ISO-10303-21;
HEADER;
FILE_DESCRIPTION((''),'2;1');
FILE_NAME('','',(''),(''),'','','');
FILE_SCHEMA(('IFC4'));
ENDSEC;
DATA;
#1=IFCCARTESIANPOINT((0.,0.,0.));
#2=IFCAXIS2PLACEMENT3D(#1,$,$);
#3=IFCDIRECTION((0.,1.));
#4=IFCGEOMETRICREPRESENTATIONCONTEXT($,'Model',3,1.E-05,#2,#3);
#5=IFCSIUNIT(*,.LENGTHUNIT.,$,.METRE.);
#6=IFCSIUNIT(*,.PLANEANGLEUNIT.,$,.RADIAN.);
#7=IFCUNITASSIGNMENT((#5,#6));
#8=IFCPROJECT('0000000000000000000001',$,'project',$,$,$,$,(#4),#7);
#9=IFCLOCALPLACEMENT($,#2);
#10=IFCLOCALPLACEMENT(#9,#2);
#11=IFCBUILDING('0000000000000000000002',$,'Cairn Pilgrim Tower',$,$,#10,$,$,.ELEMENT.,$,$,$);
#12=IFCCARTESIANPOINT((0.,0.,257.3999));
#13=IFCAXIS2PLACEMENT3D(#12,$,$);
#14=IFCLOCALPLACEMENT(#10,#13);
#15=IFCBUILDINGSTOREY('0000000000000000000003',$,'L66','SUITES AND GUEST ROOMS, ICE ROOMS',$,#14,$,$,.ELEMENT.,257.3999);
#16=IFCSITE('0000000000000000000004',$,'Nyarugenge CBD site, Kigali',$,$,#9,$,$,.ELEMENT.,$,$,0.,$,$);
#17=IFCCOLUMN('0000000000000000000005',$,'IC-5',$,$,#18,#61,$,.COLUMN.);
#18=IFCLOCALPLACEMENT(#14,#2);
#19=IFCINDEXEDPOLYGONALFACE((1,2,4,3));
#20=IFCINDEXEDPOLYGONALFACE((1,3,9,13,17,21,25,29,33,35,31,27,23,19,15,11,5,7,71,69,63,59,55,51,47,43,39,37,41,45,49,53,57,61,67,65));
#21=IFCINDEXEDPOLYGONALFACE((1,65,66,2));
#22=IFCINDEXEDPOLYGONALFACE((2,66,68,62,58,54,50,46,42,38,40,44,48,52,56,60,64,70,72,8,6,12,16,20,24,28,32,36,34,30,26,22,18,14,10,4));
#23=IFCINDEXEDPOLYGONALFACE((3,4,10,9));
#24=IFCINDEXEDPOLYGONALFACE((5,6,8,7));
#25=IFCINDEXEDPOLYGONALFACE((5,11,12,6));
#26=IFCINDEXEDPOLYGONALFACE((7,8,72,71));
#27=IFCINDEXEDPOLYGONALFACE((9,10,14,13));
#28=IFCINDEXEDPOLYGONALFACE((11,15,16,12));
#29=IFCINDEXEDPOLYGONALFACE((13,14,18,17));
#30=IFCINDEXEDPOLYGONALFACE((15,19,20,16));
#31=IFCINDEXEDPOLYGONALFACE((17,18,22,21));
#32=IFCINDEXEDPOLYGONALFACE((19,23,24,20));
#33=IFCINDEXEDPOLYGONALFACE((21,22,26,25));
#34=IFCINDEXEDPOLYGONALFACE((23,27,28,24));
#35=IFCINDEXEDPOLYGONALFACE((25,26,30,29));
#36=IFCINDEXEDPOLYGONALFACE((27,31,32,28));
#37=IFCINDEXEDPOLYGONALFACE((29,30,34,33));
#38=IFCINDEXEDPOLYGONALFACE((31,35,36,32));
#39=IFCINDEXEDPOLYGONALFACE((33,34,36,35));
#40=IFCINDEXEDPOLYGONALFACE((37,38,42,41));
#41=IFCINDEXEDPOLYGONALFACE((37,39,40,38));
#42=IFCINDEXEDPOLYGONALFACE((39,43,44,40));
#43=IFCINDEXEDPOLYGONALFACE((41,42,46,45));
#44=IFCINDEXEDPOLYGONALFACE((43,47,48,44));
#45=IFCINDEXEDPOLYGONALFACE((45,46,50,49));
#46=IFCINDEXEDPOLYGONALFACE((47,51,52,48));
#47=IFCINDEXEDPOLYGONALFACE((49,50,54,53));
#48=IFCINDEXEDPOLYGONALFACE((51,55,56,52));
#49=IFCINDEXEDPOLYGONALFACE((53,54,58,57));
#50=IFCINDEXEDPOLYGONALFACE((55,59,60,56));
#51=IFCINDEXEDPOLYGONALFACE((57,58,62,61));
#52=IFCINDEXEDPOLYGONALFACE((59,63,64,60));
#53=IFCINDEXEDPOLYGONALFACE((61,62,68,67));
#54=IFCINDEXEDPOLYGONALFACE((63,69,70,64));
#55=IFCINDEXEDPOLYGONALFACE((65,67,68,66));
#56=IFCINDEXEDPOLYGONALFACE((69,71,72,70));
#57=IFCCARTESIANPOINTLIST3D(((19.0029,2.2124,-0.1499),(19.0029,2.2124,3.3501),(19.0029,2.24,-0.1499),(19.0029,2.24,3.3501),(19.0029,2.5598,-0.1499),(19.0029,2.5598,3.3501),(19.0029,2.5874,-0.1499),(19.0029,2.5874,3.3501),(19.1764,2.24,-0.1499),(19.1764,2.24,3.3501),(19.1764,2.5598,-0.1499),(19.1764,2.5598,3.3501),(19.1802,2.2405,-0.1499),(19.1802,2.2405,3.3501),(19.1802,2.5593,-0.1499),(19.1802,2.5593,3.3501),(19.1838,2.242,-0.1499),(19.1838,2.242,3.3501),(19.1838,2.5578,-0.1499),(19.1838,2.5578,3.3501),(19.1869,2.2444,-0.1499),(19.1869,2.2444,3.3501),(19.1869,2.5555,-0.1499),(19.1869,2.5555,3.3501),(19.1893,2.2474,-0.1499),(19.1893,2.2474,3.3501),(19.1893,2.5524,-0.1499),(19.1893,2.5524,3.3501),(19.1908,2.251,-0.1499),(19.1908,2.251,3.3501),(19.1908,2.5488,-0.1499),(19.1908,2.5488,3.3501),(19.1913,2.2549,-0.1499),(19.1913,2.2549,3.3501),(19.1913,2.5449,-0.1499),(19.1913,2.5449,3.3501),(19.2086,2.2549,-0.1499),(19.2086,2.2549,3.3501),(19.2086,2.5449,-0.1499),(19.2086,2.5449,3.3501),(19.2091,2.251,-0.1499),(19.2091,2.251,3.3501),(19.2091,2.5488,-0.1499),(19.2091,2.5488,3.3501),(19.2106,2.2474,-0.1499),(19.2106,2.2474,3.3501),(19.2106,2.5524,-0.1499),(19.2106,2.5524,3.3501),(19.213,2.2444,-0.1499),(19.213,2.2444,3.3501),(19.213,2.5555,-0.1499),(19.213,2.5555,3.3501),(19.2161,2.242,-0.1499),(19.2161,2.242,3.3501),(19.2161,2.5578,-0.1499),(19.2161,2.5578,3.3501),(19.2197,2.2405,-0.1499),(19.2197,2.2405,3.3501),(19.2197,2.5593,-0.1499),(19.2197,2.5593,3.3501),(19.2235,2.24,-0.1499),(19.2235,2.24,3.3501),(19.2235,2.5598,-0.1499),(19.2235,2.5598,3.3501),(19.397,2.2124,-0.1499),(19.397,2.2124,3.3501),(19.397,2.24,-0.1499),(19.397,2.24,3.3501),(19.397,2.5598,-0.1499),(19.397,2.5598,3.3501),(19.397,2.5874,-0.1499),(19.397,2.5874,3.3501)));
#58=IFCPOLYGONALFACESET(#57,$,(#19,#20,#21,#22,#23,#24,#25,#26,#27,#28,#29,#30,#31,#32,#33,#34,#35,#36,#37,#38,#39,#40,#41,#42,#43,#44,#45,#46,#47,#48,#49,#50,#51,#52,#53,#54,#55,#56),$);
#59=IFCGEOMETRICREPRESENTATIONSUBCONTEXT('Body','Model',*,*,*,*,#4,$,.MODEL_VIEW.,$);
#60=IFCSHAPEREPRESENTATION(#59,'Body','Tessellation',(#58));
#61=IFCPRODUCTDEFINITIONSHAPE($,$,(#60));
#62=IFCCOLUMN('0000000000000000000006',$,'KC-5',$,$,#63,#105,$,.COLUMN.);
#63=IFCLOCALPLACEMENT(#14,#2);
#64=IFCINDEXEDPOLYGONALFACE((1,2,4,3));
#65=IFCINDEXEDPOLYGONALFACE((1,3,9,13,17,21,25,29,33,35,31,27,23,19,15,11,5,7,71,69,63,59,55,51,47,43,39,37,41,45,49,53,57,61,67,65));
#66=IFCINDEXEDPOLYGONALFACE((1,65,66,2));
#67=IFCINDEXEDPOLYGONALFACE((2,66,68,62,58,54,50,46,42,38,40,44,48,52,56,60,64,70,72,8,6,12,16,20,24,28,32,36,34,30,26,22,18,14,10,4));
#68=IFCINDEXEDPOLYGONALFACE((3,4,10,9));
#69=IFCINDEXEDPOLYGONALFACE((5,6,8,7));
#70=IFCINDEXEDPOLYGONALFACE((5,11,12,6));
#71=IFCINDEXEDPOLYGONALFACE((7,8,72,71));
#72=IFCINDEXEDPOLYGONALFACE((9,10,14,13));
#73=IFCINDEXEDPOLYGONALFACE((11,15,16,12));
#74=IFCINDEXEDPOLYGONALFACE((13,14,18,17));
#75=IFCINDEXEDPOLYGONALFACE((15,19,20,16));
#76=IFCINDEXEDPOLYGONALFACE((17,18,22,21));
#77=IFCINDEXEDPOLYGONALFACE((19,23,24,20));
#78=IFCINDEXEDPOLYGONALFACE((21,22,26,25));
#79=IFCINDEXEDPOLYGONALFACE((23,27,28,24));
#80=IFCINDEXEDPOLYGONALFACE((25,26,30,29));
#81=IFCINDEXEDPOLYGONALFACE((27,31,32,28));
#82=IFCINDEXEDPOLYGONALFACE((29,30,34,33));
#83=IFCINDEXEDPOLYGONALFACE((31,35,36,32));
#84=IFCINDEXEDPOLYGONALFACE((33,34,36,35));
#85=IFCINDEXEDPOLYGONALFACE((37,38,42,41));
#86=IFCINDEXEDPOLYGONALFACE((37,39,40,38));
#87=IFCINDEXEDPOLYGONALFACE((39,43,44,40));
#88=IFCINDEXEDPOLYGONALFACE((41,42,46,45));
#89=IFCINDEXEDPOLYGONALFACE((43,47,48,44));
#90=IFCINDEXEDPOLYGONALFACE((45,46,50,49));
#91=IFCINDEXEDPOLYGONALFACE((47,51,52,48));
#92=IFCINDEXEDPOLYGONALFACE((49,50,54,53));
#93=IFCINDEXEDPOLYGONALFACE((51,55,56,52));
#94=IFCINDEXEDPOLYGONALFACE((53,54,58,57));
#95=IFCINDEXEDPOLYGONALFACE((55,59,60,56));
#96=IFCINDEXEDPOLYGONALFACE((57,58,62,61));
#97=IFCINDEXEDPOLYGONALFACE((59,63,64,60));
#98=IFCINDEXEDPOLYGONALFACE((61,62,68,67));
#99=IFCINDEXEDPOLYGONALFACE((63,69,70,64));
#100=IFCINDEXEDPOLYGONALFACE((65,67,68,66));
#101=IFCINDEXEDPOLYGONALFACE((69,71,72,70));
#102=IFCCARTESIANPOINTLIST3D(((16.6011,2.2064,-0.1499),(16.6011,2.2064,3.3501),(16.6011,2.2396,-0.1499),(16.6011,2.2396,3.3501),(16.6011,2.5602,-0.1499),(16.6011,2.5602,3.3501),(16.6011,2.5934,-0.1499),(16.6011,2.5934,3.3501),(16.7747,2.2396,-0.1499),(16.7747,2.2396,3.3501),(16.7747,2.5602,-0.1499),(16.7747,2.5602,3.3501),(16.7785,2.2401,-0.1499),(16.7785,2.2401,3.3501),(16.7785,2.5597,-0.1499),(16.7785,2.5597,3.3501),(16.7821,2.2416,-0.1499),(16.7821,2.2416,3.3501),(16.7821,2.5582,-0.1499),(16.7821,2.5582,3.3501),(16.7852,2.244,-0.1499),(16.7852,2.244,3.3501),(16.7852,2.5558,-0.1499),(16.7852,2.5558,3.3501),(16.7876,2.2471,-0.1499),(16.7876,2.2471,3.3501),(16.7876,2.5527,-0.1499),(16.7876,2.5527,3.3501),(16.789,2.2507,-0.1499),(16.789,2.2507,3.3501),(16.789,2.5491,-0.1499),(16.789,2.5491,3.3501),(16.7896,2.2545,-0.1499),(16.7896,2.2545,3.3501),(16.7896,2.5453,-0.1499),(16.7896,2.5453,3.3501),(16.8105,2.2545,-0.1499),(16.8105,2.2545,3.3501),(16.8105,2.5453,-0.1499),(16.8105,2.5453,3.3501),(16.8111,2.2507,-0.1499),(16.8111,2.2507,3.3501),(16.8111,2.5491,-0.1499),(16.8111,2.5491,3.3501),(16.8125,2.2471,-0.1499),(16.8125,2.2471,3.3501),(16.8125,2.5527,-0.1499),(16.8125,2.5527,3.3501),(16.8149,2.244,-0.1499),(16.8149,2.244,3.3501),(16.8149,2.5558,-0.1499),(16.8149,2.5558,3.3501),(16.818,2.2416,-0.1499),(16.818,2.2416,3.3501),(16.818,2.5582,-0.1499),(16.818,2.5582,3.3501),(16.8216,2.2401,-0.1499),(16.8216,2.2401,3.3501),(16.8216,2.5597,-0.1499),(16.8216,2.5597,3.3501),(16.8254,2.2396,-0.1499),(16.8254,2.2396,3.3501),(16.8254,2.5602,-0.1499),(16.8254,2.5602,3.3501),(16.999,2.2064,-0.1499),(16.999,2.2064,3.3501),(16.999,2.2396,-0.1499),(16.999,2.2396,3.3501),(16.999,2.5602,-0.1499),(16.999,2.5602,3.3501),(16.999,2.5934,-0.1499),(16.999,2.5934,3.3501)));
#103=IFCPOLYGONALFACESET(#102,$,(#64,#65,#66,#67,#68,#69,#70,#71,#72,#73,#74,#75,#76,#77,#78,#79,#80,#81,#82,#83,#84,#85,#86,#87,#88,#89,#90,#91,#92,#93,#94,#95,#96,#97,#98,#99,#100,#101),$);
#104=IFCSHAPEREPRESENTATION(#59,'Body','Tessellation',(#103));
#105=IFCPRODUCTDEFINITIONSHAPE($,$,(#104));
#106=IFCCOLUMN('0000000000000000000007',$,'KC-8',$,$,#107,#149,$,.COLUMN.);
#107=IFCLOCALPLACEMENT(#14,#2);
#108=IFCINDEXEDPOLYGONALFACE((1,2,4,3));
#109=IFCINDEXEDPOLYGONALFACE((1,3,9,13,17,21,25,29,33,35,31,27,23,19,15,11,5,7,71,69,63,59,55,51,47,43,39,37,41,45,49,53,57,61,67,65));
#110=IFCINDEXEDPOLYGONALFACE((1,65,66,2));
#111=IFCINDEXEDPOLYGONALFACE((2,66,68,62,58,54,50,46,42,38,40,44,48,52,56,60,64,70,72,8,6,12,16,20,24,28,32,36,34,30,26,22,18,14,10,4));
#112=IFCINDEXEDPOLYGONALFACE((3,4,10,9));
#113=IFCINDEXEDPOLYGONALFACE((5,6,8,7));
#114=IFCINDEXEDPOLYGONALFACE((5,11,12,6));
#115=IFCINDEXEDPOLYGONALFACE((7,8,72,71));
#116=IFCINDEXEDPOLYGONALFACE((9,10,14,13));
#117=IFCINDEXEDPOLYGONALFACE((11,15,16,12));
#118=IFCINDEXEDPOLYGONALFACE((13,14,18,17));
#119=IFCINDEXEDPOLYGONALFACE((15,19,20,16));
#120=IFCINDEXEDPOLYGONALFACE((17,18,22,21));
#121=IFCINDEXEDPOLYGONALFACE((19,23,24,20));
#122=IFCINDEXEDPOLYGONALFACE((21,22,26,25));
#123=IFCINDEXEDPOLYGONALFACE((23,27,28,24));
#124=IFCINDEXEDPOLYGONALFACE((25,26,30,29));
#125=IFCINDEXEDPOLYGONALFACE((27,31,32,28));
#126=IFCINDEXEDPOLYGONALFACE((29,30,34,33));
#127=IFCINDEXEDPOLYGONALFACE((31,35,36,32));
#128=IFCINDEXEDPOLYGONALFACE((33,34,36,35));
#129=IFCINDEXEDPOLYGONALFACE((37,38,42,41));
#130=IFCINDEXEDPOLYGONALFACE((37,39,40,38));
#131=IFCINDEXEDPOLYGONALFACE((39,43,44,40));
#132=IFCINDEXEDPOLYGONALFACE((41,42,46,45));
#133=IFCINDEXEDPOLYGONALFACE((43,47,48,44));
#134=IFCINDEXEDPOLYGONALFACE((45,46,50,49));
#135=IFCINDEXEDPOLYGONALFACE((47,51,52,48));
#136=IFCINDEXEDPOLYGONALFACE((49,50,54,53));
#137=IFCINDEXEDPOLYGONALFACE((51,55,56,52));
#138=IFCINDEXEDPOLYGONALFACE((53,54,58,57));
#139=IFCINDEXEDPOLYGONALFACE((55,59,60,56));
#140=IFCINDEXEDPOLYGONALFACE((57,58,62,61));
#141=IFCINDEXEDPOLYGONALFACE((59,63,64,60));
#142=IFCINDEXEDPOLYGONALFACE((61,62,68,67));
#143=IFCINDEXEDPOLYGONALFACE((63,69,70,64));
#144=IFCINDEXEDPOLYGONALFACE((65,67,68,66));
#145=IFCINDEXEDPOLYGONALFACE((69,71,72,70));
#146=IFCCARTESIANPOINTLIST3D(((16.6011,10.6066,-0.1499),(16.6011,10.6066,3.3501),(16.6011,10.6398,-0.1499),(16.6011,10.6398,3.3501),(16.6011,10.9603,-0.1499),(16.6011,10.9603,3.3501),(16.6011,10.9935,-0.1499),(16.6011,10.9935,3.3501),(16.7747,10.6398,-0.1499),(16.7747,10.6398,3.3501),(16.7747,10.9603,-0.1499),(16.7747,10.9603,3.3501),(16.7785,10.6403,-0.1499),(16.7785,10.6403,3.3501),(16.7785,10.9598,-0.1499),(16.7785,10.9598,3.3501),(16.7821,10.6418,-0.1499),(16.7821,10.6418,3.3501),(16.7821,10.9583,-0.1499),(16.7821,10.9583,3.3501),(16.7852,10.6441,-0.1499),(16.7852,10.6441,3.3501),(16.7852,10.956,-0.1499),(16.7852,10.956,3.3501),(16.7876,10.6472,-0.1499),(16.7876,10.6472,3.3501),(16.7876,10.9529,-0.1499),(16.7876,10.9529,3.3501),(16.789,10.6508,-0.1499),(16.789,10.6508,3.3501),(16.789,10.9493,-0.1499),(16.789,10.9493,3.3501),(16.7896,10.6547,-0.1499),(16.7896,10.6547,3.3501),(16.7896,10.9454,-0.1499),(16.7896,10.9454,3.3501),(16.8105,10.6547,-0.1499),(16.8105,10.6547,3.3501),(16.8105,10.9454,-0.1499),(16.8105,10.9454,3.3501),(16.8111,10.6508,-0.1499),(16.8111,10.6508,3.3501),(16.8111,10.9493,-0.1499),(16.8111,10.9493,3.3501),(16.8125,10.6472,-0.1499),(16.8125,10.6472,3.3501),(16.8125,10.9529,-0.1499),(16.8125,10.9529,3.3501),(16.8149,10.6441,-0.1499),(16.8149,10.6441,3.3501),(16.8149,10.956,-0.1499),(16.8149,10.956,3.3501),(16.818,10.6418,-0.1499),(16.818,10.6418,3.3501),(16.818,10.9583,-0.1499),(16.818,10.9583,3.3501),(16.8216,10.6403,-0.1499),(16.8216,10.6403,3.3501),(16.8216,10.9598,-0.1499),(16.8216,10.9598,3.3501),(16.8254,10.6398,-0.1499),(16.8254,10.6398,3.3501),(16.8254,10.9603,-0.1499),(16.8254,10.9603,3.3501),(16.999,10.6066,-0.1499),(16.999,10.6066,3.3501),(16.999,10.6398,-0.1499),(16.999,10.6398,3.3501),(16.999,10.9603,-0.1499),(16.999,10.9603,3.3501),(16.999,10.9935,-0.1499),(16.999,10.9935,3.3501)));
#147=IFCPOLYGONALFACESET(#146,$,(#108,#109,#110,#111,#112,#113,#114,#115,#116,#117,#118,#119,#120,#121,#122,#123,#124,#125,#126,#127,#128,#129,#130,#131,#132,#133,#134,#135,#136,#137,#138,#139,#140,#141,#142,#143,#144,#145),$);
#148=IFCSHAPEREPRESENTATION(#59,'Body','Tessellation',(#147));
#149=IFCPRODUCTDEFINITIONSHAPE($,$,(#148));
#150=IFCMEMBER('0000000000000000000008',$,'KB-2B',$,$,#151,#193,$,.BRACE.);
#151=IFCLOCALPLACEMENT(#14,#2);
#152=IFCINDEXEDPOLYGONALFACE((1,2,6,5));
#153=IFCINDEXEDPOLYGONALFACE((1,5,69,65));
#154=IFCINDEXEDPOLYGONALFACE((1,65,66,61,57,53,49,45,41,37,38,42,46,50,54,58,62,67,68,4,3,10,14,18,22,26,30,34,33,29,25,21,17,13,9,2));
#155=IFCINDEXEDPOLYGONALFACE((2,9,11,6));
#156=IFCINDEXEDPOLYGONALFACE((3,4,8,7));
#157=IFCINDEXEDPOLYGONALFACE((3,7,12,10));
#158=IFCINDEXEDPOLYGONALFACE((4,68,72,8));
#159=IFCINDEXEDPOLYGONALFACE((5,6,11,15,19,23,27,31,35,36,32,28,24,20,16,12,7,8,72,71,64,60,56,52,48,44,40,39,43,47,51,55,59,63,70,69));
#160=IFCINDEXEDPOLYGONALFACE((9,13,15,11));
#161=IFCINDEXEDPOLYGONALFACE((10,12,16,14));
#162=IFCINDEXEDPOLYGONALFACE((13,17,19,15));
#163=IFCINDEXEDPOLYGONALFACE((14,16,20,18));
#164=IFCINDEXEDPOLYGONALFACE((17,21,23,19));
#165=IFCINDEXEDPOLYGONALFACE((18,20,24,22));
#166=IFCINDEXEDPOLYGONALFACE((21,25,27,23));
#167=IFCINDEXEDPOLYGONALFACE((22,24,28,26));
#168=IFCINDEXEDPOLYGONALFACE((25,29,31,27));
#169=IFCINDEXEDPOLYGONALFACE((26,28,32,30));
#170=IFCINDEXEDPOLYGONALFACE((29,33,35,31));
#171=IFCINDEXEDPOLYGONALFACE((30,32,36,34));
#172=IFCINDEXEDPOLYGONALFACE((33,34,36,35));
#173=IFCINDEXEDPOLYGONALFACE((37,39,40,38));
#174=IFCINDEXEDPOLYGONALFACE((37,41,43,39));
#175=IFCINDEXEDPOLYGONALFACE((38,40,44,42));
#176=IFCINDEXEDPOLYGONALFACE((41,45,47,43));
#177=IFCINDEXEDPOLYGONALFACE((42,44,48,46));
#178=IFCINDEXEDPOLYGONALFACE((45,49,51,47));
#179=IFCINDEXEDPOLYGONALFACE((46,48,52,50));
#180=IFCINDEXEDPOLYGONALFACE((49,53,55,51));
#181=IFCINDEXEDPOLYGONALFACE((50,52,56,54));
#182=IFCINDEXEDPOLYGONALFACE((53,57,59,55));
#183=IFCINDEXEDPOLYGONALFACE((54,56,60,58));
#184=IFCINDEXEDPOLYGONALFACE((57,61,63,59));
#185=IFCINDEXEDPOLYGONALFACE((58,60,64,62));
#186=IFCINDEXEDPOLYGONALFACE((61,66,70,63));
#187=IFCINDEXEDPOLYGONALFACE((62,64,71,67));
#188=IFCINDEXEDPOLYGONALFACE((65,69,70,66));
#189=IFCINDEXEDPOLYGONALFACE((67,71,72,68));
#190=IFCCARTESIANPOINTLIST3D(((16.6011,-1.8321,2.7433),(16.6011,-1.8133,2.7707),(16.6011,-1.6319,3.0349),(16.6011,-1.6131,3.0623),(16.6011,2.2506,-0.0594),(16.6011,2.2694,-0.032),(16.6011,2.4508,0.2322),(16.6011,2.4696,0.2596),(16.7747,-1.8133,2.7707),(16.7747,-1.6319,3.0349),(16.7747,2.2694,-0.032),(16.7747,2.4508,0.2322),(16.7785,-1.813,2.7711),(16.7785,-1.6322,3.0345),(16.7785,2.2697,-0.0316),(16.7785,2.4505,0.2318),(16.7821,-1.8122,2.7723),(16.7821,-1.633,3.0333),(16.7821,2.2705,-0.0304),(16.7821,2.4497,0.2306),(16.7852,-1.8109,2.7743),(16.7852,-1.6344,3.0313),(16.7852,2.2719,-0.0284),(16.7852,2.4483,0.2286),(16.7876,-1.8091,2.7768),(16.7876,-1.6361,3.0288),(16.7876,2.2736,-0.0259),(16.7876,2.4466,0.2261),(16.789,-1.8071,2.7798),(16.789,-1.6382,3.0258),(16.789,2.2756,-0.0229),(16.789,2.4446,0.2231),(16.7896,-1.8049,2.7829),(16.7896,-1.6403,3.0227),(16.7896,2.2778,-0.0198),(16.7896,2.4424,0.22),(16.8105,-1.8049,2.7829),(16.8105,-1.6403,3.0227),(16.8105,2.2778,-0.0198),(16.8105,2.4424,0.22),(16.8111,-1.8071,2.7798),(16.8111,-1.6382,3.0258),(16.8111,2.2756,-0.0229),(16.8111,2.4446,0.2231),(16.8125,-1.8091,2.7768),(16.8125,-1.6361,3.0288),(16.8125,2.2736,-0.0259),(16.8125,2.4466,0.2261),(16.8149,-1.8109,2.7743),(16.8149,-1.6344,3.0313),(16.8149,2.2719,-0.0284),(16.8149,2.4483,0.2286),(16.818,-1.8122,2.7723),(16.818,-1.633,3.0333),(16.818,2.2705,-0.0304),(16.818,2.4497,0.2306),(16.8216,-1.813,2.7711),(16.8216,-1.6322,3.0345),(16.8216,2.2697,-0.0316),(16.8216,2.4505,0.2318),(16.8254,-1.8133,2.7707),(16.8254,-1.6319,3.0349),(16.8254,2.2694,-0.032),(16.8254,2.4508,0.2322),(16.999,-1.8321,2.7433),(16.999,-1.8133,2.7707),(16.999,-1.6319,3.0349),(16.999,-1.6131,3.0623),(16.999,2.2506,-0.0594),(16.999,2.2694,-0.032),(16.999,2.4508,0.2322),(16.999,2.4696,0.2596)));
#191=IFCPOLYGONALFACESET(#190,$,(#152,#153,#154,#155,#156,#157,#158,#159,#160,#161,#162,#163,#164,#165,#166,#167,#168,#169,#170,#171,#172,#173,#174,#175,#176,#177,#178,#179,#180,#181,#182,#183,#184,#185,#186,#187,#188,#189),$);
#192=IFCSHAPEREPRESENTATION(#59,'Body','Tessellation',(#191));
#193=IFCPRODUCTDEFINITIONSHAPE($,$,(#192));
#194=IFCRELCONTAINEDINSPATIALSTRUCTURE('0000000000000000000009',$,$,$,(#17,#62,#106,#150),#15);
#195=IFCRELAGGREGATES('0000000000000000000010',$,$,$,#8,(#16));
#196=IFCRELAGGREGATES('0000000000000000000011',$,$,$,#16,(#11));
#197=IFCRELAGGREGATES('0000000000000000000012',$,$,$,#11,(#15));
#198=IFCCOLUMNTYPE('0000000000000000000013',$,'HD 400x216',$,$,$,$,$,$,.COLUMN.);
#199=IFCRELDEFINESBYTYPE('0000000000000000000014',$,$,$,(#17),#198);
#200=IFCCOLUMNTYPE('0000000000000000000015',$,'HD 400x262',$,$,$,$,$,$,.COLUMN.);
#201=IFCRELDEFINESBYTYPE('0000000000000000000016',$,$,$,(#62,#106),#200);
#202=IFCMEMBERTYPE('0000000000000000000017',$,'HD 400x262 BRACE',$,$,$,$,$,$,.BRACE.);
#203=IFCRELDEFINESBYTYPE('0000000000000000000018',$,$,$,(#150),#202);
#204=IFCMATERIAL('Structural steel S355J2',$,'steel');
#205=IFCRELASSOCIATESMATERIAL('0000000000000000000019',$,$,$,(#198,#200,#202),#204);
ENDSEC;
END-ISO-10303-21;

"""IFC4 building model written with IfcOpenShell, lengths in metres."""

from ifc_helpers import new_model, si_unit, direction, frame, origin, origin_2d, place, context, subcontext, project, spatial, i_section, extrude, material, material_profile, profile_set, type_object, element, save


model = new_model("IFC4")

# Units and contexts
model_context = context("Model", 3, precision=1e-05, world=origin(), true_north=direction((0.0, 1.0)))
body_context = subcontext(model_context, "Body", "Model", "MODEL_VIEW")
ifc_project = project(units=[si_unit("LENGTHUNIT", "METRE"), si_unit("PLANEANGLEUNIT", "RADIAN")], contexts=[model_context])

# Site, building, storey
site_placement = place(None, origin())
site = spatial("IfcSite", under=ifc_project, at=site_placement, Name="Nyarugenge CBD site, Kigali", CompositionType="ELEMENT", RefElevation=0.0)
building_placement = place(site_placement, origin())
building = spatial("IfcBuilding", under=site, at=building_placement, Name="Cairn Pilgrim Tower", CompositionType="ELEMENT")
storey_placement = place(building_placement, frame((0.0, 0.0, 257.3999)))
storey = spatial("IfcBuildingStorey", under=building, at=storey_placement, Name="L66", Description="SUITES AND GUEST ROOMS, ICE ROOMS", CompositionType="ELEMENT", Elevation=257.3999)

# Columns
ifc_material_1 = material(Name="Structural steel S355J2", Category="steel")
ifc_material_profile_1 = material_profile(ifc_material_1, i_section(OverallWidth=0.394, OverallDepth=0.375, WebThickness=0.0173, FlangeThickness=0.0276, FilletRadius=0.0149, at=origin_2d()), Name="HD 400x216")
ifc_profile_set_1 = profile_set([ifc_material_profile_1], Name="Structural steel S355J2")
column_type_1 = type_object("IfcColumnType", Name="HD 400x216", PredefinedType="COLUMN", material=ifc_profile_set_1)
column_placement = place(storey_placement, frame((19.2, 2.3999, -0.1499), z_axis=(0.0, 0.0, 1.0), x_axis=(1.0, 0.0, 0.0)))
element("IfcColumn", 1, at=column_placement, inside=storey, type_object=column_type_1, Name="IC-5", PredefinedType="COLUMN", context=body_context, shape_type="SweptSolid", body=[
    extrude(i_section(OverallWidth=0.394, OverallDepth=0.375, WebThickness=0.0173, FlangeThickness=0.0276, FilletRadius=0.0149, at=origin_2d()), origin(), (0.0, 0.0, 1.0), 3.5),
])
ifc_material_profile_2 = material_profile(ifc_material_1, i_section(OverallWidth=0.3979, OverallDepth=0.387, WebThickness=0.021, FlangeThickness=0.0332, FilletRadius=0.0149, at=origin_2d()), Name="HD 400x262")
ifc_profile_set_2 = profile_set([ifc_material_profile_2], Name="Structural steel S355J2")
column_type_2 = type_object("IfcColumnType", Name="HD 400x262", PredefinedType="COLUMN", material=ifc_profile_set_2)
for number, where, z_axis, x_axis, name in (
    (2, (16.8, 2.3999, -0.1499), (0.0, 0.0, 1.0), (1.0, 0.0, 0.0), "KC-5"),
    (3, (16.8, 10.8, -0.1499), (0.0, 0.0, 1.0), (1.0, 0.0, 0.0), "KC-8"),
):
    element("IfcColumn", number, at=place(storey_placement, frame(where, z_axis=z_axis, x_axis=x_axis)), inside=storey, type_object=column_type_2, Name=name, PredefinedType="COLUMN", context=body_context, shape_type="SweptSolid", body=[
        extrude(i_section(OverallWidth=0.3979, OverallDepth=0.387, WebThickness=0.021, FlangeThickness=0.0332, FilletRadius=0.0149, at=origin_2d()), origin(), (0.0, 0.0, 1.0), 3.5),
    ])

# Member
ifc_material_profile_3 = material_profile(ifc_material_1, i_section(OverallWidth=0.3979, OverallDepth=0.387, WebThickness=0.021, FlangeThickness=0.0332, FilletRadius=0.0149, at=origin_2d()), Name="HD 400x262")
ifc_profile_set_3 = profile_set([ifc_material_profile_3], Name="Structural steel S355J2")
member_type = type_object("IfcMemberType", Name="HD 400x262 BRACE", PredefinedType="BRACE", material=ifc_profile_set_3)
member_1_placement = place(storey_placement, frame((16.8, 2.3601, 0.1001), z_axis=(0.0, -0.824434, 0.565957), x_axis=(1.0, 0.0, 0.0)))
element("IfcMember", 4, at=member_1_placement, inside=storey, type_object=member_type, Name="KB-2B", PredefinedType="BRACE", context=body_context, shape_type="SweptSolid", body=[
    extrude(i_section(OverallWidth=0.3979, OverallDepth=0.387, WebThickness=0.021, FlangeThickness=0.0332, FilletRadius=0.0149, at=origin_2d()), origin(), (0.0, 0.0, 1.0), 4.9521),
])

save(model, "model.ifc")
